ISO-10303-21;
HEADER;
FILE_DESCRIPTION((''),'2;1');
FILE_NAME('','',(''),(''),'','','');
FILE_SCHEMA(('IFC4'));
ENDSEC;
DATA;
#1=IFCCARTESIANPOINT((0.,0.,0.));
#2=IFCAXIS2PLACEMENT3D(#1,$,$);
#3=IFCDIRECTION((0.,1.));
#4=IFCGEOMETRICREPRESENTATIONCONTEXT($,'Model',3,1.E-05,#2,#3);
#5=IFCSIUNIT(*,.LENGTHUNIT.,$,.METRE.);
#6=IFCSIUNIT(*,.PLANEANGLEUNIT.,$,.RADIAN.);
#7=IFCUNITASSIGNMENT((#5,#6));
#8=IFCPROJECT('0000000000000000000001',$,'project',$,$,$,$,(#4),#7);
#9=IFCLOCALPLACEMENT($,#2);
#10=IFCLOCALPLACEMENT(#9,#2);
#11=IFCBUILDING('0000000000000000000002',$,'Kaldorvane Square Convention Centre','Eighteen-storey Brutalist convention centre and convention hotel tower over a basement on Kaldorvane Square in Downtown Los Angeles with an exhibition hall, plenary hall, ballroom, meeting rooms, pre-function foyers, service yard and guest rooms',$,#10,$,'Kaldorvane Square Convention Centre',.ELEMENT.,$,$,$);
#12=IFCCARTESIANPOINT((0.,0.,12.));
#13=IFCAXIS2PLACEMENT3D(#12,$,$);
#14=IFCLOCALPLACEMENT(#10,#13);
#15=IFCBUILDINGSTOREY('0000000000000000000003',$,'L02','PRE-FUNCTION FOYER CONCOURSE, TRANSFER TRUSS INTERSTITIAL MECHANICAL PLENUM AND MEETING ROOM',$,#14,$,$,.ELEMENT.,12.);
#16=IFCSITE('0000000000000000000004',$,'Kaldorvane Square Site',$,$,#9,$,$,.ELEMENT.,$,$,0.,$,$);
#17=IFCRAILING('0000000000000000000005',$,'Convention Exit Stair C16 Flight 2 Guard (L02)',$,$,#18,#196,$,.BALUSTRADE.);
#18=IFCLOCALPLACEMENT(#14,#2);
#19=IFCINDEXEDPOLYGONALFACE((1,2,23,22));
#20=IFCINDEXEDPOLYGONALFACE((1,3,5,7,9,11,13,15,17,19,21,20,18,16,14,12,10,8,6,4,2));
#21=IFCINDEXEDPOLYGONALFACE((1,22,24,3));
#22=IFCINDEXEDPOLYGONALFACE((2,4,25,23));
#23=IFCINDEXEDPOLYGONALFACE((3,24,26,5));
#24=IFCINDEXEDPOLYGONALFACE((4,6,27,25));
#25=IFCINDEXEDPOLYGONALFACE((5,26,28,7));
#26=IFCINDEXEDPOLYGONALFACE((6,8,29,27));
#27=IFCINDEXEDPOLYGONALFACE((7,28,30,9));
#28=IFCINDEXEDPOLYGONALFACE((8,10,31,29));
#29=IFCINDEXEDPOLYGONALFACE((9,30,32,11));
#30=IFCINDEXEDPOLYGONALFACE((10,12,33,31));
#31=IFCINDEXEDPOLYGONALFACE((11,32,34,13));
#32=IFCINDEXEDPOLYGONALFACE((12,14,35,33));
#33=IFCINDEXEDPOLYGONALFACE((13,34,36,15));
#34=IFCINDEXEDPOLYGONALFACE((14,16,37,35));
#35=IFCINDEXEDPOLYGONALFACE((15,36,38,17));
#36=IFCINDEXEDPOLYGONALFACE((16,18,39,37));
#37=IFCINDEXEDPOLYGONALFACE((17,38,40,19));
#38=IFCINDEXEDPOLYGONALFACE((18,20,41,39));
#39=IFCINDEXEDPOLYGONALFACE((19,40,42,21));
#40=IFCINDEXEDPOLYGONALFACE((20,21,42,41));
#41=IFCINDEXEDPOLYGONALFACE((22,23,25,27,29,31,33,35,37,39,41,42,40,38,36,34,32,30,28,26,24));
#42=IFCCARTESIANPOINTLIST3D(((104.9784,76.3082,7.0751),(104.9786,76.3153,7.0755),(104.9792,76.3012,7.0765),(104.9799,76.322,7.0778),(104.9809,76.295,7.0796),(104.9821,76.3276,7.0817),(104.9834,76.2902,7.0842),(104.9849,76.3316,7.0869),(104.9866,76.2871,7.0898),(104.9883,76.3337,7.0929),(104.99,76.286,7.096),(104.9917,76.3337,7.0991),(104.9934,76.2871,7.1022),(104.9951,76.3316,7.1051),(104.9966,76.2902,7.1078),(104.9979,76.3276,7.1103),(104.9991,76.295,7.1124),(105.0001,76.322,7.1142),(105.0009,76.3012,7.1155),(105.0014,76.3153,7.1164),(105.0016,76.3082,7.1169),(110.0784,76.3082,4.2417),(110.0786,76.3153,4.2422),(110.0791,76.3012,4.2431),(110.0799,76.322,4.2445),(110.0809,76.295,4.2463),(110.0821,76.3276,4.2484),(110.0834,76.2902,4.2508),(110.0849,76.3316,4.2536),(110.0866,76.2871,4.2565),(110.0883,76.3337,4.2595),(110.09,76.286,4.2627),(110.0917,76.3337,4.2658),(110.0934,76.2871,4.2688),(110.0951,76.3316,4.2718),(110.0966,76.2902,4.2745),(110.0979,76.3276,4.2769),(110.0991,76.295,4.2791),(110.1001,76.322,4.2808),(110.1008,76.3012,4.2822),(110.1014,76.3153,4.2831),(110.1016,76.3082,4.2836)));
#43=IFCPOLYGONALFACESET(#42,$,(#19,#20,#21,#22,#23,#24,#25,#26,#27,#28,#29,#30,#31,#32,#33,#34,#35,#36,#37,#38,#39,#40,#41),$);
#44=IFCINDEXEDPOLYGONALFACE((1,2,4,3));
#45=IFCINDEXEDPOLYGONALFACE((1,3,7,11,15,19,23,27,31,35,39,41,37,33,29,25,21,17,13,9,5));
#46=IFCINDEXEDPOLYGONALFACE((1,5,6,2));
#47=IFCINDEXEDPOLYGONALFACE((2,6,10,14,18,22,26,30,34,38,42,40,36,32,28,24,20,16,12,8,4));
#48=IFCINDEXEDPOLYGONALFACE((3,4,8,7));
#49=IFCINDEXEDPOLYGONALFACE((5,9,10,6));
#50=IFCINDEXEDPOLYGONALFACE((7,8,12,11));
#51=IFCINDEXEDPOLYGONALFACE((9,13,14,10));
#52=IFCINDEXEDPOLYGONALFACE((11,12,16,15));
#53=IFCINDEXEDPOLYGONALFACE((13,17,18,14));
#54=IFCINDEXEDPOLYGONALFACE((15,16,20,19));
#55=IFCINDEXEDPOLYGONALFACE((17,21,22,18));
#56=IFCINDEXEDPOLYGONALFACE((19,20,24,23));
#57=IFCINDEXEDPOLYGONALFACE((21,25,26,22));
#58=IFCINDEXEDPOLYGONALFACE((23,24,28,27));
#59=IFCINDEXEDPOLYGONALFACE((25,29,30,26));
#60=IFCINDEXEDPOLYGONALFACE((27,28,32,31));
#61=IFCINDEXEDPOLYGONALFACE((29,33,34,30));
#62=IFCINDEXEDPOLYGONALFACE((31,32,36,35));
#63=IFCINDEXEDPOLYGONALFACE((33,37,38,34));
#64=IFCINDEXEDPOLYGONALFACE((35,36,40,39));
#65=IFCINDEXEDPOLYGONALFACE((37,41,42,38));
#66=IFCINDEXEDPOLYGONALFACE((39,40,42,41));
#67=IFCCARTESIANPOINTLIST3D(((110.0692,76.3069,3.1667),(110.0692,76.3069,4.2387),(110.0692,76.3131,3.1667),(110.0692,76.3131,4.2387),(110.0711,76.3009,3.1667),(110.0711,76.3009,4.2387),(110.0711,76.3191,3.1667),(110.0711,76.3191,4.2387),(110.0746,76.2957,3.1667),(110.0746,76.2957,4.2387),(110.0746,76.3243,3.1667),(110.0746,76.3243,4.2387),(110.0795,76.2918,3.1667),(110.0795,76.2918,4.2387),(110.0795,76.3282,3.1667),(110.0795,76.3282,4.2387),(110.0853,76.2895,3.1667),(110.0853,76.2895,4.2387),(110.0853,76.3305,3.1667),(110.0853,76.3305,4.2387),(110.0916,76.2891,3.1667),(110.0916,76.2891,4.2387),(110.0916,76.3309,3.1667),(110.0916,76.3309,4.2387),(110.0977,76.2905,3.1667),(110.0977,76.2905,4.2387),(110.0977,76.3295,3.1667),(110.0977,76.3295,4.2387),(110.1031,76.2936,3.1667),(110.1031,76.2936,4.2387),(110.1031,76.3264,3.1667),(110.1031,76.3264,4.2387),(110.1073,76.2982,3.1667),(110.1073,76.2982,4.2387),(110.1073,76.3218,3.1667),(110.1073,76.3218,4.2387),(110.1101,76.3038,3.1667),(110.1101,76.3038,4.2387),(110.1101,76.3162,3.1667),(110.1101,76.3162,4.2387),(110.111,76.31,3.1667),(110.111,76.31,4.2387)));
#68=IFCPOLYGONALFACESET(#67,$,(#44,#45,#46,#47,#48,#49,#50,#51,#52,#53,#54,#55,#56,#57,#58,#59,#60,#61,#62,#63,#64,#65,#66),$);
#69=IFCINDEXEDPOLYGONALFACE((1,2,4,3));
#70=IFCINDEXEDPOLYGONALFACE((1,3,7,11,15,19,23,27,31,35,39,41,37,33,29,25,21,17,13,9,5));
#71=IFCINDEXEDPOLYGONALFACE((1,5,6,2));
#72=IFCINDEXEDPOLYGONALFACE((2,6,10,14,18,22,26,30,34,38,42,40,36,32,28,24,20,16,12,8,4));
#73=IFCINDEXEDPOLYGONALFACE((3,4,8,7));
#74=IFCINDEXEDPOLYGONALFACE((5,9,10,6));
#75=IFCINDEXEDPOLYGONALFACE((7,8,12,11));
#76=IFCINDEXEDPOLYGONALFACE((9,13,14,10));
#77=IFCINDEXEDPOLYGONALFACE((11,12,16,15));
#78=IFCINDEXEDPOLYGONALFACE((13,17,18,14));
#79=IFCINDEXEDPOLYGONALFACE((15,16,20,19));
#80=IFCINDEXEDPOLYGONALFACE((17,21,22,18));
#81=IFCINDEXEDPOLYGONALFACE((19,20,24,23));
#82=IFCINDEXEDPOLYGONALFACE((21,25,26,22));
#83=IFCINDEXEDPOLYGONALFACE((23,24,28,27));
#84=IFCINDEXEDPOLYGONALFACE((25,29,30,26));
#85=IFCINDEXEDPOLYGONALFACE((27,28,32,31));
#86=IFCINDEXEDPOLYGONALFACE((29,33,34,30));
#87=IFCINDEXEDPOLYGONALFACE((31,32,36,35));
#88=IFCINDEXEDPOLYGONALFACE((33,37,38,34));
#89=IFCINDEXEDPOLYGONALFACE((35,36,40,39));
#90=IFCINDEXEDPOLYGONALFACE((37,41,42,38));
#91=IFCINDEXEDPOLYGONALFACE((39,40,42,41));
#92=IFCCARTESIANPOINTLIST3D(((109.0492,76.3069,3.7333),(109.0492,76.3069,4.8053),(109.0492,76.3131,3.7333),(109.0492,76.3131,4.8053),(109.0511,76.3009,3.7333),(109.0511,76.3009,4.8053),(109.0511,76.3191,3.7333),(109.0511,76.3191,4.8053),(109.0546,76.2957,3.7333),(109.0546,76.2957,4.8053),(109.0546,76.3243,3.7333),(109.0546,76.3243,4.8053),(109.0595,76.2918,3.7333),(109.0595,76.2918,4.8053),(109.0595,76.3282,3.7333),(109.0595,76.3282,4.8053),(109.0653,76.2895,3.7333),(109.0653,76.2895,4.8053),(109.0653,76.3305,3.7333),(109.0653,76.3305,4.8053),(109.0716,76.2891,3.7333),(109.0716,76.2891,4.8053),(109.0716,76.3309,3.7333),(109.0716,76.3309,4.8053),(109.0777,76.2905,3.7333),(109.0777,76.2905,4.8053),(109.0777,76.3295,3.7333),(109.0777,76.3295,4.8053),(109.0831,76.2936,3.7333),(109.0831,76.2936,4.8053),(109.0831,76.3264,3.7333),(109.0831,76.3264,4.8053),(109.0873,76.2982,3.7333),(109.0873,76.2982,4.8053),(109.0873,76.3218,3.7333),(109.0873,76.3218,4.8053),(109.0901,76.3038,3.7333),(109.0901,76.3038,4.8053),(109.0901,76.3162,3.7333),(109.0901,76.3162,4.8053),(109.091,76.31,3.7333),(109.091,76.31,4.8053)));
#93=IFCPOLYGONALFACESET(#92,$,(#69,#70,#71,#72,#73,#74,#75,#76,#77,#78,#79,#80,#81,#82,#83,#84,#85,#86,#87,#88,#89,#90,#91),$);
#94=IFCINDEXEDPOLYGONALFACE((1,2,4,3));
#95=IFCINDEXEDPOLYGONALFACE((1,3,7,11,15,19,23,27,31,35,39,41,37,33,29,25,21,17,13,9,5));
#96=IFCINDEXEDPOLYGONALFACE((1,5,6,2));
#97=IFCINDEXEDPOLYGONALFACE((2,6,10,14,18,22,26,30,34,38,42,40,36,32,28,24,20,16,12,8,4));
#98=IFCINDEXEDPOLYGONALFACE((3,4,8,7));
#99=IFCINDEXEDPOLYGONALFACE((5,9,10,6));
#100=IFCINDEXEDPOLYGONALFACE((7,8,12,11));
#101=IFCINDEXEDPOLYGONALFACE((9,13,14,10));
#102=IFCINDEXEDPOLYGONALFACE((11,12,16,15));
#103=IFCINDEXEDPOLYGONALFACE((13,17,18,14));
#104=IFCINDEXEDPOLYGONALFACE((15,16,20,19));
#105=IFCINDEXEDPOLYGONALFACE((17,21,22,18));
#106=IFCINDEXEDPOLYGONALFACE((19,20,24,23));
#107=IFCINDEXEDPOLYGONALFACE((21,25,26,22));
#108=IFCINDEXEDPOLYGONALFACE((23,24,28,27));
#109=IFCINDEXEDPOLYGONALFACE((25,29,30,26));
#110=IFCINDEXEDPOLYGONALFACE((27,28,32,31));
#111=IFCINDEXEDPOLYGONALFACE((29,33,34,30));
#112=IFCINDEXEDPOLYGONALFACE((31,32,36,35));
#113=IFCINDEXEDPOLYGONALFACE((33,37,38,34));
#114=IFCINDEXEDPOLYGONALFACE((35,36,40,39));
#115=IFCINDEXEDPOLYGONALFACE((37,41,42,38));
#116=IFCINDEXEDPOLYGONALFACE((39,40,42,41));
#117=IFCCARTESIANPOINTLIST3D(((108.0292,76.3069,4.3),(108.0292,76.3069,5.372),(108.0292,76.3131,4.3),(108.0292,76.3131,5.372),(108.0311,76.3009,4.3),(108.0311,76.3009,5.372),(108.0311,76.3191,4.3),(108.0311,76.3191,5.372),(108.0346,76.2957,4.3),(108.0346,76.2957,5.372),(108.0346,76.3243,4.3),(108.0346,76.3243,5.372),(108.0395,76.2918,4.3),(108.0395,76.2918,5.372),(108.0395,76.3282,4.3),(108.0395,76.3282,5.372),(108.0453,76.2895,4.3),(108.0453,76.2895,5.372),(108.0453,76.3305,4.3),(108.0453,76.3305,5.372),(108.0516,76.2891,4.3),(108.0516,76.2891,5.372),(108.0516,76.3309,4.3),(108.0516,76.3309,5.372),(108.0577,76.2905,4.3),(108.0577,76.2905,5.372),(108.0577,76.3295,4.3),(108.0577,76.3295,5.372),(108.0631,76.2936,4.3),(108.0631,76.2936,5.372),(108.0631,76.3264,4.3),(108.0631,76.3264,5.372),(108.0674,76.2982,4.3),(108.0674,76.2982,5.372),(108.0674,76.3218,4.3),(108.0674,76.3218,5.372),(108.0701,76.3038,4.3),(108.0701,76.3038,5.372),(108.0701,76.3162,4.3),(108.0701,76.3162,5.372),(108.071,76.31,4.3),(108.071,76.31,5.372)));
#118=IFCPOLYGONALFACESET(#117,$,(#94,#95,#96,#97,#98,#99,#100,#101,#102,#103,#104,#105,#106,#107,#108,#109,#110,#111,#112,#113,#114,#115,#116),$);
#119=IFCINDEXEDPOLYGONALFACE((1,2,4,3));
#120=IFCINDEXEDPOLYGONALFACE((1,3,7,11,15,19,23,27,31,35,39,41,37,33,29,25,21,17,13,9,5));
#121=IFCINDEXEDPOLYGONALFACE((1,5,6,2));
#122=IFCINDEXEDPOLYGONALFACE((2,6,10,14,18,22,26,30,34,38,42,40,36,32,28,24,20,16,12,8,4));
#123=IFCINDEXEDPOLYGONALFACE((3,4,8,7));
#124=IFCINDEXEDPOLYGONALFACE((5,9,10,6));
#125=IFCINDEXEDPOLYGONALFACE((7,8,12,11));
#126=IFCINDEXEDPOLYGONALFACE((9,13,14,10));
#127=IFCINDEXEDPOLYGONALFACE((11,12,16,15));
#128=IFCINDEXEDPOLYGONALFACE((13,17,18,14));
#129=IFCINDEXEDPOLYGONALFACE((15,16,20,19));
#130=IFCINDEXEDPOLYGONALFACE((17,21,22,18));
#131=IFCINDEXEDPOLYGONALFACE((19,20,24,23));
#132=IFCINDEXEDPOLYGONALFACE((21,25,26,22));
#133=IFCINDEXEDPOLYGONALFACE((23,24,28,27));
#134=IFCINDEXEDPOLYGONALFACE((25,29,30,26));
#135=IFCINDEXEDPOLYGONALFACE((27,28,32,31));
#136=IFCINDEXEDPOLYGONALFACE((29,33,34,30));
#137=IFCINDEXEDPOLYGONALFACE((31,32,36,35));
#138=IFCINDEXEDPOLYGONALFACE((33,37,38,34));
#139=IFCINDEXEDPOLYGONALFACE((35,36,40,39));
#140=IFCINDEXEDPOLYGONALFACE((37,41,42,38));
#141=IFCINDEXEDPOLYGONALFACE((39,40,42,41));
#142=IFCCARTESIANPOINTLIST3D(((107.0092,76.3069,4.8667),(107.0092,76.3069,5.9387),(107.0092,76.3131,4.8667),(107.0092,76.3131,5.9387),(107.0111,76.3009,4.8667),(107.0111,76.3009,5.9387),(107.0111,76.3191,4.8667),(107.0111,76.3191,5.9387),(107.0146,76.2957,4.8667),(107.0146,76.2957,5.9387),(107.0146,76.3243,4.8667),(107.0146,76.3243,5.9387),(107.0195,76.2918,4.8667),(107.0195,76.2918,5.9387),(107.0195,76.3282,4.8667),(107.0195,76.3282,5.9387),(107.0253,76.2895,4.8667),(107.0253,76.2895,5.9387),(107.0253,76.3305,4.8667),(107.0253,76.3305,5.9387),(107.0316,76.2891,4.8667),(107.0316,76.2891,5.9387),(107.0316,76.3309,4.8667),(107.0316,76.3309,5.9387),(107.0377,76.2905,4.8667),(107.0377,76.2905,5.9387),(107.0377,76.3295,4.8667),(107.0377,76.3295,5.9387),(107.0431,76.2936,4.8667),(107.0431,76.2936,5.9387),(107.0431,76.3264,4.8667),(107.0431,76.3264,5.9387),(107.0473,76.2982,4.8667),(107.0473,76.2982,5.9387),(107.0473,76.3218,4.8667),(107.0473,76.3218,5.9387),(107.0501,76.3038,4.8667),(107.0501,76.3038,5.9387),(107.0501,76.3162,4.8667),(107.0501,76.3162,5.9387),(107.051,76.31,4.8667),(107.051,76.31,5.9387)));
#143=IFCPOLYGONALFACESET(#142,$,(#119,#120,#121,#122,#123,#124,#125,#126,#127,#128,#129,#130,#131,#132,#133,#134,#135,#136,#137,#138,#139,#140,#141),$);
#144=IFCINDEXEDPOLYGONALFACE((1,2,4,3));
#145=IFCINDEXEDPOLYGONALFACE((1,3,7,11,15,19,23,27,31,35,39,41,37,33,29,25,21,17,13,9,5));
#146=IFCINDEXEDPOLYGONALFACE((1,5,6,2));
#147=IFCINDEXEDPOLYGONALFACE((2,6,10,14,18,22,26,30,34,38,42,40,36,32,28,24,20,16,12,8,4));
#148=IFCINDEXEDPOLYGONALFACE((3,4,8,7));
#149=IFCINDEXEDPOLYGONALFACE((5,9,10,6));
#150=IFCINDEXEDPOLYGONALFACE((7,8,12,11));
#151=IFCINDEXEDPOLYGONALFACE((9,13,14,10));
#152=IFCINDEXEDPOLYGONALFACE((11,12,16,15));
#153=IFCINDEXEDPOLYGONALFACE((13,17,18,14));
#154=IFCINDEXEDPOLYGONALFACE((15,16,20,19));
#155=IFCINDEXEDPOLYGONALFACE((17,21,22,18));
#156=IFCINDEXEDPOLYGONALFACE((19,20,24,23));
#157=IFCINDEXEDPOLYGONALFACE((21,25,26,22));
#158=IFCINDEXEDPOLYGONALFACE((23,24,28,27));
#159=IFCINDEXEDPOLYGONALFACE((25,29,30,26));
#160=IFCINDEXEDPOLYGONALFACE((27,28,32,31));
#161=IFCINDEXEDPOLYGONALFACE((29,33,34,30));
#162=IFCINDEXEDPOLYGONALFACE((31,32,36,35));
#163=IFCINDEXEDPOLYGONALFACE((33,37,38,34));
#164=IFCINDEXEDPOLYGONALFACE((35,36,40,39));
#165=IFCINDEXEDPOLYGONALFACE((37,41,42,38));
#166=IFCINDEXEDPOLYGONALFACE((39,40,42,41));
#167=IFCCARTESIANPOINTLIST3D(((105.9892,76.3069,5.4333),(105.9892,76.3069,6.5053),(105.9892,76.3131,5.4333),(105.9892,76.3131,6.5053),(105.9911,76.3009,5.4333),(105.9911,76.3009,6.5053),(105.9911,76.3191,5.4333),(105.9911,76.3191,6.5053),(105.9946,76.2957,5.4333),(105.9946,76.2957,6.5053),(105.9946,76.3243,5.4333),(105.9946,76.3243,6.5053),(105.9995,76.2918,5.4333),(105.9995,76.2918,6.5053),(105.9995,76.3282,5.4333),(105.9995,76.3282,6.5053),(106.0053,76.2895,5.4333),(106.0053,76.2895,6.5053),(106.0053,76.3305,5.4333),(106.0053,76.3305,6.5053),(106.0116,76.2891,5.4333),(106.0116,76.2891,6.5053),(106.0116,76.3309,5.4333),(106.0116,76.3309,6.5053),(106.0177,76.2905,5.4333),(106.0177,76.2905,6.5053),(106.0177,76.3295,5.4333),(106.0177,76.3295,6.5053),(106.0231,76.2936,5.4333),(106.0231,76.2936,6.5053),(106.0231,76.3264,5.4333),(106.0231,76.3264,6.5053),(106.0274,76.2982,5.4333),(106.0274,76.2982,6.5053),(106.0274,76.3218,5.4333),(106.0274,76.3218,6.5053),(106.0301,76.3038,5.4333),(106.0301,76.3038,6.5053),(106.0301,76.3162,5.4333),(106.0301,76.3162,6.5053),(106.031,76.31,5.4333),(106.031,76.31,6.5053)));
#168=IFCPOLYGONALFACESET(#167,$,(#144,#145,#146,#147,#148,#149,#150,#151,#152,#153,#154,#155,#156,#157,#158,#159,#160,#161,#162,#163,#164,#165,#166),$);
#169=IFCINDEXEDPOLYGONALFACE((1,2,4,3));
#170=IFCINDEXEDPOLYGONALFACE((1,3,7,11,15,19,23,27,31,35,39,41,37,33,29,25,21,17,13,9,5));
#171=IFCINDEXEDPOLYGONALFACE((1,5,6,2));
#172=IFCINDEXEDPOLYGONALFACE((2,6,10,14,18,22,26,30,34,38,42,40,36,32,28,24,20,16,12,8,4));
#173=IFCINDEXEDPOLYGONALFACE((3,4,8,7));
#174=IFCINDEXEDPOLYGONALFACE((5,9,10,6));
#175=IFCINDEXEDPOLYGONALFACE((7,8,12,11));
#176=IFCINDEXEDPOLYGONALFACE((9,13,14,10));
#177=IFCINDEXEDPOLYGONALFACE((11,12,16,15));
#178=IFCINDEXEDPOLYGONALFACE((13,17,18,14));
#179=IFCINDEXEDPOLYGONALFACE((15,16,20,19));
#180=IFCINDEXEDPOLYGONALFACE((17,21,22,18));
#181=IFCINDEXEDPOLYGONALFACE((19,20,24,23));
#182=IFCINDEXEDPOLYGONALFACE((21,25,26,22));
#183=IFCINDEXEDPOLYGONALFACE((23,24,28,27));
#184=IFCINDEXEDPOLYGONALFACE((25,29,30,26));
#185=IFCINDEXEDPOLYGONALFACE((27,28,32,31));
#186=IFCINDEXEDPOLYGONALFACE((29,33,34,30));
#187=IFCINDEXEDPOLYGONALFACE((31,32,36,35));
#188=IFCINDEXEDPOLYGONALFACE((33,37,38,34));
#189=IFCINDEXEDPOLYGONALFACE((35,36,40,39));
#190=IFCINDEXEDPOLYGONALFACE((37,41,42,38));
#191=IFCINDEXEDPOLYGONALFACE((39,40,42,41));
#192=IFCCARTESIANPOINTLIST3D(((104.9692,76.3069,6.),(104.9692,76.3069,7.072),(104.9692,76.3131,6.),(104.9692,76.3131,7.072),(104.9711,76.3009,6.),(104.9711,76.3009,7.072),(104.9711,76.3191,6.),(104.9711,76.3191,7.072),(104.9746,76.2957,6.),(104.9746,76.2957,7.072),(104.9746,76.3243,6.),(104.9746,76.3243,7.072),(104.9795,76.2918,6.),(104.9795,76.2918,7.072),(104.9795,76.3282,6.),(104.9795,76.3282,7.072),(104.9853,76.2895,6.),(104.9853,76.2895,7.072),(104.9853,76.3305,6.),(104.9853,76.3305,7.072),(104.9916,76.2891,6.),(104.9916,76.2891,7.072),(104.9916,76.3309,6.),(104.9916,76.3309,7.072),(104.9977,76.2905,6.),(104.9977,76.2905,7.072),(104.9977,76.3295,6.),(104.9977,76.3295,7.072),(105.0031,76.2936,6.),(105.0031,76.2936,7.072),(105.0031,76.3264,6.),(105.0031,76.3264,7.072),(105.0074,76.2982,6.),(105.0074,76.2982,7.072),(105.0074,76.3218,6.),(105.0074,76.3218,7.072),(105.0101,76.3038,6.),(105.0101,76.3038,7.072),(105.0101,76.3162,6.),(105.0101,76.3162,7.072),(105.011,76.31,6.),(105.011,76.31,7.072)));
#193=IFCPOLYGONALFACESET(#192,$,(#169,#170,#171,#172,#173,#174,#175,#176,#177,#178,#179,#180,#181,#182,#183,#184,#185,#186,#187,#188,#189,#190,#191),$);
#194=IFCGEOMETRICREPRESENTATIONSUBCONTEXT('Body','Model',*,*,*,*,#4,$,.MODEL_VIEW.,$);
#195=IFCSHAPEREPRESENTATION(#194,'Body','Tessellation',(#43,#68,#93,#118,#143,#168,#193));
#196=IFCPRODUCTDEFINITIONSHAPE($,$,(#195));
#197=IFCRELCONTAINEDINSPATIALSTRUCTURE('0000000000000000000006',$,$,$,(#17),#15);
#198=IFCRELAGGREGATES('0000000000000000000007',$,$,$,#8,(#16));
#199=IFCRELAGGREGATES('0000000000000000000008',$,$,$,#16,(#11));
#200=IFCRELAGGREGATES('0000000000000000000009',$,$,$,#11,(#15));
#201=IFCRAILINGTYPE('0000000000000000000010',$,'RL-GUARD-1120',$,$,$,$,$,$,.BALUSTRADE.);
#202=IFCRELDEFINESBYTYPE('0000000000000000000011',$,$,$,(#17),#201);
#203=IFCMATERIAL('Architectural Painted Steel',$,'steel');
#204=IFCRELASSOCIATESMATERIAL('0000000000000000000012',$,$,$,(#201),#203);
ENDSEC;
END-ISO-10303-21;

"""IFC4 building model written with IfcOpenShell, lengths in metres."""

from ifc_helpers import new_model, si_unit, direction, frame, origin, origin_2d, place, context, subcontext, project, spatial, circle, extrude, material, type_object, element, save


model = new_model("IFC4")

# Units and contexts
model_context = context("Model", 3, precision=1e-05, world=origin(), true_north=direction((0.0, 1.0)))
body_context = subcontext(model_context, "Body", "Model", "MODEL_VIEW")
ifc_project = project(units=[si_unit("LENGTHUNIT", "METRE"), si_unit("PLANEANGLEUNIT", "RADIAN")], contexts=[model_context])

# Site, building, storey
site_placement = place(None, origin())
site = spatial("IfcSite", under=ifc_project, at=site_placement, Name="Kaldorvane Square Site", CompositionType="ELEMENT", RefElevation=0.0)
building_placement = place(site_placement, origin())
building = spatial("IfcBuilding", under=site, at=building_placement, Name="Kaldorvane Square Convention Centre", Description="Eighteen-storey Brutalist convention centre and convention hotel tower over a basement on Kaldorvane Square in Downtown Los Angeles with an exhibition hall, plenary hall, ballroom, meeting rooms, pre-function foyers, service yard and guest rooms", LongName="Kaldorvane Square Convention Centre", CompositionType="ELEMENT")
storey_placement = place(building_placement, frame((0.0, 0.0, 12.0)))
storey = spatial("IfcBuildingStorey", under=building, at=storey_placement, Name="L02", Description="PRE-FUNCTION FOYER CONCOURSE, TRANSFER TRUSS INTERSTITIAL MECHANICAL PLENUM AND MEETING ROOM", CompositionType="ELEMENT", Elevation=12.0)

# Railing
ifc_material_1 = material(Name="Architectural Painted Steel", Category="steel")
railing_type_1 = type_object("IfcRailingType", Name="RL-GUARD-1120", PredefinedType="BALUSTRADE", material=ifc_material_1)
railing_1_placement = place(storey_placement, frame((110.09, 76.31, 3.1667)))
element("IfcRailing", 1, at=railing_1_placement, inside=storey, type_object=railing_type_1, Name="Convention Exit Stair C16 Flight 2 Guard (L02)", PredefinedType="BALUSTRADE", context=body_context, shape_type="SweptSolid", body=[
    extrude(circle(Radius=0.024, at=origin_2d()), frame((0.0, 0.0, 1.096), z_axis=(-0.874157, 0.0, 0.485643), x_axis=(0.0, -1.0, 0.0)), (0.0, 0.0, 1.0), 5.8342),
    extrude(circle(Radius=0.021, at=origin_2d()), origin(), (0.0, 0.0, 1.0), 1.072),
    extrude(circle(Radius=0.021, at=origin_2d()), frame((-1.02, 0.0, 0.5667)), (0.0, 0.0, 1.0), 1.072),
    extrude(circle(Radius=0.021, at=origin_2d()), frame((-2.04, 0.0, 1.1333)), (0.0, 0.0, 1.0), 1.072),
    extrude(circle(Radius=0.021, at=origin_2d()), frame((-3.06, 0.0, 1.7)), (0.0, 0.0, 1.0), 1.072),
    extrude(circle(Radius=0.021, at=origin_2d()), frame((-4.08, 0.0, 2.2667)), (0.0, 0.0, 1.0), 1.072),
    extrude(circle(Radius=0.021, at=origin_2d()), frame((-5.1, 0.0, 2.8333)), (0.0, 0.0, 1.0), 1.072),
])

save(model, "model.ifc")
